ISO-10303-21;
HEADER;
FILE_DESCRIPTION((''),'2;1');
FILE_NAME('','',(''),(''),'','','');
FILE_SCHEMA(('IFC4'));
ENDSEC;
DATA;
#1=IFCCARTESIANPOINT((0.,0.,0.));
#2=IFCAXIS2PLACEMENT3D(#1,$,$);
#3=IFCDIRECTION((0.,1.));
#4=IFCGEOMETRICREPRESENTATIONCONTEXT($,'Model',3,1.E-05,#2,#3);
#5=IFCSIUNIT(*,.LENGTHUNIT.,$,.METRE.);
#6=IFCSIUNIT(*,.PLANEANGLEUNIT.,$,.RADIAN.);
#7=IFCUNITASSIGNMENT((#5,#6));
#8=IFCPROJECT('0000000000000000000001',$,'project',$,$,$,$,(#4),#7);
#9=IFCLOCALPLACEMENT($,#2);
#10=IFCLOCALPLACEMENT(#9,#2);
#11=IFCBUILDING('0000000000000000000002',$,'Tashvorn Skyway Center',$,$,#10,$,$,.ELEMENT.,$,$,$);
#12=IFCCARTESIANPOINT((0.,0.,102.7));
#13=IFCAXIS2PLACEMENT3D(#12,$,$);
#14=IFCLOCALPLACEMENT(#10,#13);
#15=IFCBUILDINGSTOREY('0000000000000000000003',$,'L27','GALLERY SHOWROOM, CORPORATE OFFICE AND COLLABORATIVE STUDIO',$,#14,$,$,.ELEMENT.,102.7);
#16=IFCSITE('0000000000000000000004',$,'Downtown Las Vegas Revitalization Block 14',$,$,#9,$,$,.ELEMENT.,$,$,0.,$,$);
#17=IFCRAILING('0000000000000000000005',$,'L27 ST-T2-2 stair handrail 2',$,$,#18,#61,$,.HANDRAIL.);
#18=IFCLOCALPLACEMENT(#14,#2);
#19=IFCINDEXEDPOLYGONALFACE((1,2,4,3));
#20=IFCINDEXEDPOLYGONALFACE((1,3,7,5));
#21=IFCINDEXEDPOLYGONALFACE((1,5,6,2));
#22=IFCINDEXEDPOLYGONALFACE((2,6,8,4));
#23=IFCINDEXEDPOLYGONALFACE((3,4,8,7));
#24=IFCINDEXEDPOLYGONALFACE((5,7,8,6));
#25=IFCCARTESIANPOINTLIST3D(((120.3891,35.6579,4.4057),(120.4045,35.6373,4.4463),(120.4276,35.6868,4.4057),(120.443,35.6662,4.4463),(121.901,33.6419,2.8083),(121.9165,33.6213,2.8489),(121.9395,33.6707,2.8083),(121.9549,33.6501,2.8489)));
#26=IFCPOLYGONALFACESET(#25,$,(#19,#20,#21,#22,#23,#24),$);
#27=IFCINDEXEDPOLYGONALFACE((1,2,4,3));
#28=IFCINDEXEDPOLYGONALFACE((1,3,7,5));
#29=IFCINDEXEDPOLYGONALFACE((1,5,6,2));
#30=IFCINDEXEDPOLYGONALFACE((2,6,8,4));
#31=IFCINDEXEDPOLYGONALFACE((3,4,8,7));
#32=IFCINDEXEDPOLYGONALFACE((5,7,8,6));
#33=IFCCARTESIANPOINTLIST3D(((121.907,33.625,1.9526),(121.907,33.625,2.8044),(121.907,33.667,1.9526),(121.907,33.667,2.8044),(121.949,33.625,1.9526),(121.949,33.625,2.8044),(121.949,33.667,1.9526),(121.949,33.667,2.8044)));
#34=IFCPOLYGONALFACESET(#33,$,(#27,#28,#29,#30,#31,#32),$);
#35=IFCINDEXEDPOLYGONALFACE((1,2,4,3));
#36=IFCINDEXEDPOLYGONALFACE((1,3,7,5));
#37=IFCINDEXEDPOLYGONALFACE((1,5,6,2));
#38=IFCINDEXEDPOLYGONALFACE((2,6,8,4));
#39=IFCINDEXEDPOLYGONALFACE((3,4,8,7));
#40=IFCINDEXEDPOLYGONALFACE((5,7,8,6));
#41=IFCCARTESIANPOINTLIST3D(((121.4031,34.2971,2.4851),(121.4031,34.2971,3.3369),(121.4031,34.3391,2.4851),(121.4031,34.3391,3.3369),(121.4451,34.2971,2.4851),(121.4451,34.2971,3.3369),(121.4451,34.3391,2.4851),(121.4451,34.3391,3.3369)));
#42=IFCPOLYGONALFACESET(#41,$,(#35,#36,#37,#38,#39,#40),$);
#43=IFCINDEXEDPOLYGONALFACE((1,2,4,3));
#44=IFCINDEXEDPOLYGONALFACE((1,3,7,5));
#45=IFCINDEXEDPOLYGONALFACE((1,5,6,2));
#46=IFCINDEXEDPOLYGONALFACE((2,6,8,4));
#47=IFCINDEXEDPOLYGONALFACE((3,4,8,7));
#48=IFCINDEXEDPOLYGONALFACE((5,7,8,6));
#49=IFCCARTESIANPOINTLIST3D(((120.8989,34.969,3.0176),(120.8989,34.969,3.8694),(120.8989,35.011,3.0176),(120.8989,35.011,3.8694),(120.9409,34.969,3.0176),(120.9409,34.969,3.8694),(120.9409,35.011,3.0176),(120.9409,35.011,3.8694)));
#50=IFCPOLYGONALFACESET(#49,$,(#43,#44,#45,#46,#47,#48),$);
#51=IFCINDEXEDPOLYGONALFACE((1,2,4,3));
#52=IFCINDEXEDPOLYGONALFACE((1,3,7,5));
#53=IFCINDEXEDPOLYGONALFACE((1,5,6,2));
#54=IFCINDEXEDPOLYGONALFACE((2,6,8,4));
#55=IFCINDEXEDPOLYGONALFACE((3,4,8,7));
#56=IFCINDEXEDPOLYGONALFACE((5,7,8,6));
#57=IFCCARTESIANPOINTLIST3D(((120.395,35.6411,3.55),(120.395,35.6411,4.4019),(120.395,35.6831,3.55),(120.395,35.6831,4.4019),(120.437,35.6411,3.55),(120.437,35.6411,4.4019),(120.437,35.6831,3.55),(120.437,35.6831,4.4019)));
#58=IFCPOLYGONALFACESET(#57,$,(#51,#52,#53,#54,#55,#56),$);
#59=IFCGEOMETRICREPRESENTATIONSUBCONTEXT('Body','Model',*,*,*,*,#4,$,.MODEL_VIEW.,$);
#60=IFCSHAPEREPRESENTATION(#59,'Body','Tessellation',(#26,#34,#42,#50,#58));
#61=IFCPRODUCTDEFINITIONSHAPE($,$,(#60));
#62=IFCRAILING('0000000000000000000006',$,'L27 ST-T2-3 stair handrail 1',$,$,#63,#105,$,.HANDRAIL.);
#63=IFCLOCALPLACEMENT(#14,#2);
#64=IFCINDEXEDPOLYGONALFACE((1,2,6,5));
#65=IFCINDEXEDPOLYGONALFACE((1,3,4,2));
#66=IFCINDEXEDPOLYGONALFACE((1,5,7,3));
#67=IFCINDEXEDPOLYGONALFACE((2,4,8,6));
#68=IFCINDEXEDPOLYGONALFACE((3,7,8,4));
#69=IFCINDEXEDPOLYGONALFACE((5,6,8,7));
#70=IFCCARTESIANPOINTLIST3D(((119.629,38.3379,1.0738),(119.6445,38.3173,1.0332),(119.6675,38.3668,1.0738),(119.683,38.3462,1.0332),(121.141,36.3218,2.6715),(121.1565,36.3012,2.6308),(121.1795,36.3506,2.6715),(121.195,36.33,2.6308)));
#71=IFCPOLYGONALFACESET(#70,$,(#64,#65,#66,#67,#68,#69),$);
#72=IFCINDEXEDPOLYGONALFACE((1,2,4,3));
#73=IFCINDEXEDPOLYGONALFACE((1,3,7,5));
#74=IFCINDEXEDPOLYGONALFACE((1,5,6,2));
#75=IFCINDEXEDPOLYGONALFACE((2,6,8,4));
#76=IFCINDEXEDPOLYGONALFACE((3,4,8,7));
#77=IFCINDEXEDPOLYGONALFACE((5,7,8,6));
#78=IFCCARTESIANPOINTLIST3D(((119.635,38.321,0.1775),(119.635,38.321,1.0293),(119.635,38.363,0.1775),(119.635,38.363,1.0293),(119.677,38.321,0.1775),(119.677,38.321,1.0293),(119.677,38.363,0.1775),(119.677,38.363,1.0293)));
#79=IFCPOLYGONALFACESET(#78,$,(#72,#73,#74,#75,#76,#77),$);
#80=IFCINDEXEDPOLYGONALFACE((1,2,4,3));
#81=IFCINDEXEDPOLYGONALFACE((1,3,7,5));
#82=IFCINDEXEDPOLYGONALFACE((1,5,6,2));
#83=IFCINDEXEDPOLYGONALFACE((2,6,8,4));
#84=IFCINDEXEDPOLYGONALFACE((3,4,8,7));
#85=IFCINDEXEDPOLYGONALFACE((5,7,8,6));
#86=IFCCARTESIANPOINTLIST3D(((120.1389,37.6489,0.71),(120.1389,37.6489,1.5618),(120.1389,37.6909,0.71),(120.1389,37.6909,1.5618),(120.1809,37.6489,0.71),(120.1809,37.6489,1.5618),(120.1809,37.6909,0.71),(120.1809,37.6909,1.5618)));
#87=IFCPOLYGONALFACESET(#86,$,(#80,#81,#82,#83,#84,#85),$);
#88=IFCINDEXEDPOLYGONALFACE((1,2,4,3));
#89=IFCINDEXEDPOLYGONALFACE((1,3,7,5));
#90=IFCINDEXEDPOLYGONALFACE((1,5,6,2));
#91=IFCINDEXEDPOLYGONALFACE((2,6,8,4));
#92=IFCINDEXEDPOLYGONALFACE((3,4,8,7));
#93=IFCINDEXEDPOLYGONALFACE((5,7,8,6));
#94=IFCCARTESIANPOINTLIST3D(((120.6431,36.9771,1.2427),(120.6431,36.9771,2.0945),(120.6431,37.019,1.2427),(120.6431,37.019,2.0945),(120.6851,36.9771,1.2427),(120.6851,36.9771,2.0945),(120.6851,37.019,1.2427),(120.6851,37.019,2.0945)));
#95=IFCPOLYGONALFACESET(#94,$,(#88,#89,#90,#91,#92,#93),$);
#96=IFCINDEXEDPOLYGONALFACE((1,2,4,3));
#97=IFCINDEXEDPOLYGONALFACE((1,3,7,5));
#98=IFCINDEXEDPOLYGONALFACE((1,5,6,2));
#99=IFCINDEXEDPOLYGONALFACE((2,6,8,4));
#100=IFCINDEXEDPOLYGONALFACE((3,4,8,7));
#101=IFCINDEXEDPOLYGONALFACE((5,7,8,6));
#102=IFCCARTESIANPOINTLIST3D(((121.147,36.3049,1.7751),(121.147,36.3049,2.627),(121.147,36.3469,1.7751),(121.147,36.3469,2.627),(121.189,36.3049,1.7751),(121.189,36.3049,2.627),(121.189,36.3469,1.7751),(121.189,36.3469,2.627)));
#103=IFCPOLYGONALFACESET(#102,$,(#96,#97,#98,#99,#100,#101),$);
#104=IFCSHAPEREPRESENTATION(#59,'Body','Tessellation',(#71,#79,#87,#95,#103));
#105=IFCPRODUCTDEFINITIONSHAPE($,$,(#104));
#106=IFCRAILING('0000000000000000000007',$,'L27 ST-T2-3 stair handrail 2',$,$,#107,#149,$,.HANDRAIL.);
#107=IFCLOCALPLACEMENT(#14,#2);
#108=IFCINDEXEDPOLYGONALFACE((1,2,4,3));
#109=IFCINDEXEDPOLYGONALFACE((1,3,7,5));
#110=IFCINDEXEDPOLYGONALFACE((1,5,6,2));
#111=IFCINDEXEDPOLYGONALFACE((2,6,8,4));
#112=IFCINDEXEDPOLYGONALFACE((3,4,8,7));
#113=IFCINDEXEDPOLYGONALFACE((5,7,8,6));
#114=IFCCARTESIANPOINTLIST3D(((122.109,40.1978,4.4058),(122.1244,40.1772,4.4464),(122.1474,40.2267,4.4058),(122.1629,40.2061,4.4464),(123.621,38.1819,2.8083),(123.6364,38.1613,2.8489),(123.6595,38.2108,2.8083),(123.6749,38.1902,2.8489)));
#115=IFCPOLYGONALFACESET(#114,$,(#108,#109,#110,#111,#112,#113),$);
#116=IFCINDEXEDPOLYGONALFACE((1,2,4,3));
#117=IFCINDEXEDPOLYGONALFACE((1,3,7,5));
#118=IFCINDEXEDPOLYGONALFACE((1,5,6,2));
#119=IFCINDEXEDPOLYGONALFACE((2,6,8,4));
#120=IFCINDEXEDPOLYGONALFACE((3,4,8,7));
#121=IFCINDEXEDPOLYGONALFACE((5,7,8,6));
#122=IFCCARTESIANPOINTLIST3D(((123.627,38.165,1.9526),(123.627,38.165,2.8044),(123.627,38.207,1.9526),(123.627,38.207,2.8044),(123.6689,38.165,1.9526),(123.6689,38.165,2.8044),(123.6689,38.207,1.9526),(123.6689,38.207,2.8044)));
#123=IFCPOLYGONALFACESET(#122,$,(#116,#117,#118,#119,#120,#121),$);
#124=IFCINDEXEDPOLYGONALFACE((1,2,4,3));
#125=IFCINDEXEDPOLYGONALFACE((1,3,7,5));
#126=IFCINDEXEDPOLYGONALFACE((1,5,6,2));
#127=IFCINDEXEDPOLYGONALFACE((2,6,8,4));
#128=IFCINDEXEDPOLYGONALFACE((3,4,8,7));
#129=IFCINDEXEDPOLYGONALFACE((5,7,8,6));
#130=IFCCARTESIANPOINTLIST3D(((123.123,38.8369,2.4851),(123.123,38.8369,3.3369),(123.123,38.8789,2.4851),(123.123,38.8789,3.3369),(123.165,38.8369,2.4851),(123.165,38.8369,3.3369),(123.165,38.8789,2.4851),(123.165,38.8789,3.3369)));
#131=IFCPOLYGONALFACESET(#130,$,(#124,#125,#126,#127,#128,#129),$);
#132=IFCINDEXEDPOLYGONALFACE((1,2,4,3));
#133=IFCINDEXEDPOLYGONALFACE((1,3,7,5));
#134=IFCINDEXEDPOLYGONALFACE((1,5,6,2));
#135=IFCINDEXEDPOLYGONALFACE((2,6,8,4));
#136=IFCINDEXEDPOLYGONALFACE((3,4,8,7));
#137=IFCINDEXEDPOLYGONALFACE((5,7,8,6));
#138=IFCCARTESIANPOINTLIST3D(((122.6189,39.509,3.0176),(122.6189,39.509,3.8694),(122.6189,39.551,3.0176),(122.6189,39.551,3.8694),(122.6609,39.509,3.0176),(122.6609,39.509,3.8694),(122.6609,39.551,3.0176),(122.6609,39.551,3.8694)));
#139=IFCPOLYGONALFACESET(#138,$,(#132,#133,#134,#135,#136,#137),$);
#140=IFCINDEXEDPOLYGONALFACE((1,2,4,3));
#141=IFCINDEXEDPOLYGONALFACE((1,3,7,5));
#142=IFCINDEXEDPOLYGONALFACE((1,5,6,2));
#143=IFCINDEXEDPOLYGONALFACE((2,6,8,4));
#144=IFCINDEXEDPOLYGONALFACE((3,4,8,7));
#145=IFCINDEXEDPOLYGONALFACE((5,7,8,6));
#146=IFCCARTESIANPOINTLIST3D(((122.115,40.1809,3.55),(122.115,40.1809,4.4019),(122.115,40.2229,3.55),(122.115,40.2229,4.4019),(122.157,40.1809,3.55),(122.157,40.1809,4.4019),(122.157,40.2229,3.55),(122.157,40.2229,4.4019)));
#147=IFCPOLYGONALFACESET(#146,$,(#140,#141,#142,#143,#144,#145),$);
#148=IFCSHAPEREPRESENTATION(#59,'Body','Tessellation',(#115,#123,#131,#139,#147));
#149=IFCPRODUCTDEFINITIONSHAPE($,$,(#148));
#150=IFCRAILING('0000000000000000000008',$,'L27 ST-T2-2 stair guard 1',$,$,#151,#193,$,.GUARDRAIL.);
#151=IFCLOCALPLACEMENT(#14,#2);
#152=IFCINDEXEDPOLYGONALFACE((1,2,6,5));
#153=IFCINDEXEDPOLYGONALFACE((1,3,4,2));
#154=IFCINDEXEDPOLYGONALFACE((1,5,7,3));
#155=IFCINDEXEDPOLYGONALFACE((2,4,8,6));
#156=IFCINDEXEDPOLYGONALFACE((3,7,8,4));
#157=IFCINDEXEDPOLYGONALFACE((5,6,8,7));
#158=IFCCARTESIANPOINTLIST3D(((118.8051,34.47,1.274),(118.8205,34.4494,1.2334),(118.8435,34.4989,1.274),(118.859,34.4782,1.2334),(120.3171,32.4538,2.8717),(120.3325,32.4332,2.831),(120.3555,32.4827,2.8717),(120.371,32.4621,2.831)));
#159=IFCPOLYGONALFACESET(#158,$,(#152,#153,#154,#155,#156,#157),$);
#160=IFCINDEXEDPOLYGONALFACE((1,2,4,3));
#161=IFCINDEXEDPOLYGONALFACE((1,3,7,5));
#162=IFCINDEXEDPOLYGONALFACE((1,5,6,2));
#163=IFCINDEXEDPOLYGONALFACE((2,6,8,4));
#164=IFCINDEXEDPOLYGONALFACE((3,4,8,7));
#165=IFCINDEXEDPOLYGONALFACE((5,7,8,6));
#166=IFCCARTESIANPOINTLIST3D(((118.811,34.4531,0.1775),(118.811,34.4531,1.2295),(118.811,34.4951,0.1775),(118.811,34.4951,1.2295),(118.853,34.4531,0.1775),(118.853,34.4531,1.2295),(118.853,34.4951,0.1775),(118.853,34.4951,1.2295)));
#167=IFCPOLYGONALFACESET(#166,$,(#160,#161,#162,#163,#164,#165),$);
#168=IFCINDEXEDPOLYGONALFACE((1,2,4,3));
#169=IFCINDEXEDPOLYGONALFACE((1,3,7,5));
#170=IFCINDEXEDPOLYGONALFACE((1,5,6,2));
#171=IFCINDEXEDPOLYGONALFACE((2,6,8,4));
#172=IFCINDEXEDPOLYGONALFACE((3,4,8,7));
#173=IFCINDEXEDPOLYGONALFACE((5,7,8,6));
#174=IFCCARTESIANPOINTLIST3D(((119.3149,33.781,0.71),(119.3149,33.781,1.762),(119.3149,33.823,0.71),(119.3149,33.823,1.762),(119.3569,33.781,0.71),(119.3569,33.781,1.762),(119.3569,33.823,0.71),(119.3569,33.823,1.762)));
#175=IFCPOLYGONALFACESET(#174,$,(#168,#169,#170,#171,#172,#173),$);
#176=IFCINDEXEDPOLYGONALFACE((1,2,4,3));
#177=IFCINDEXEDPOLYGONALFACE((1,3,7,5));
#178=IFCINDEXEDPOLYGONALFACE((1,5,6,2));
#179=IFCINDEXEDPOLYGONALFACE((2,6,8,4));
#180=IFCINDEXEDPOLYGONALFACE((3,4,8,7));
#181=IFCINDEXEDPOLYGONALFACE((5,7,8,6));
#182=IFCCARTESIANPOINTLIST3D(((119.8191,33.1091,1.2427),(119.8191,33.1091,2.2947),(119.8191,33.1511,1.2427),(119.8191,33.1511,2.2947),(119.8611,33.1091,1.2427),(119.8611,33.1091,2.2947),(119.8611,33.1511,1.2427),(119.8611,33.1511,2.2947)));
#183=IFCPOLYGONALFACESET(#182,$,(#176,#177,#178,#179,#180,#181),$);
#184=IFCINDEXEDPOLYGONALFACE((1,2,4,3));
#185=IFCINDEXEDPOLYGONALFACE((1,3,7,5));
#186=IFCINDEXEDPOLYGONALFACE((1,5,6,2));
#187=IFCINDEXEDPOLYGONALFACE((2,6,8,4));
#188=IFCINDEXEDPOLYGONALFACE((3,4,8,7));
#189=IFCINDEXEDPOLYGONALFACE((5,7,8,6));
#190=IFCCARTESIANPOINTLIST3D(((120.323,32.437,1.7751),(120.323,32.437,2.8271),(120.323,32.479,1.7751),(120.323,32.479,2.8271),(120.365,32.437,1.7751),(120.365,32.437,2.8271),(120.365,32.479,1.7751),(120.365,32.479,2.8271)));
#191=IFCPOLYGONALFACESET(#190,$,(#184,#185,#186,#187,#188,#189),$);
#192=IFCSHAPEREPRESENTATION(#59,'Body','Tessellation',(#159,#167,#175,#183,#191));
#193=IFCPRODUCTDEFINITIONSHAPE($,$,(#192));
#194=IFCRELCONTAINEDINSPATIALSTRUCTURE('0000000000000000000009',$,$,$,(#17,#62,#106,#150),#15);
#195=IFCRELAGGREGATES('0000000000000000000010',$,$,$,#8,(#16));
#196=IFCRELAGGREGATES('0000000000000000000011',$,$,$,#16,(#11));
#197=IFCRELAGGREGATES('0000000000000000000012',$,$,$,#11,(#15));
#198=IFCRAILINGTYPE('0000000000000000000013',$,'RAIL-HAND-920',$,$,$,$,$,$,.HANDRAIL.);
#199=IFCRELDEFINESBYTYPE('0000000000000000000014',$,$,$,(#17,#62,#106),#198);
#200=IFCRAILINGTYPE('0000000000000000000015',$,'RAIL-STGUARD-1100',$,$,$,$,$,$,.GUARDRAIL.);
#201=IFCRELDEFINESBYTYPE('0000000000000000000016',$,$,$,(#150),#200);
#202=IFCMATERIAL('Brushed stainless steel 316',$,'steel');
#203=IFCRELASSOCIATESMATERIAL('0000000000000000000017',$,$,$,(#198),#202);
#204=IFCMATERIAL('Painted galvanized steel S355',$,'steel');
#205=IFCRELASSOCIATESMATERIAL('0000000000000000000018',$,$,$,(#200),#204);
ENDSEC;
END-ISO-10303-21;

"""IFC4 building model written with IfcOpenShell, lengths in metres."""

from ifc_helpers import new_model, si_unit, direction, frame, origin, origin_2d, place, context, subcontext, project, spatial, rectangle, extrude, material, type_object, element, save


model = new_model("IFC4")

# Units and contexts
model_context = context("Model", 3, precision=1e-05, world=origin(), true_north=direction((0.0, 1.0)))
body_context = subcontext(model_context, "Body", "Model", "MODEL_VIEW")
ifc_project = project(units=[si_unit("LENGTHUNIT", "METRE"), si_unit("PLANEANGLEUNIT", "RADIAN")], contexts=[model_context])

# Site, building, storey
site_placement = place(None, origin())
site = spatial("IfcSite", under=ifc_project, at=site_placement, Name="Downtown Las Vegas Revitalization Block 14", CompositionType="ELEMENT", RefElevation=0.0)
building_placement = place(site_placement, origin())
building = spatial("IfcBuilding", under=site, at=building_placement, Name="Tashvorn Skyway Center", CompositionType="ELEMENT")
storey_placement = place(building_placement, frame((0.0, 0.0, 102.7)))
storey = spatial("IfcBuildingStorey", under=building, at=storey_placement, Name="L27", Description="GALLERY SHOWROOM, CORPORATE OFFICE AND COLLABORATIVE STUDIO", CompositionType="ELEMENT", Elevation=102.7)

# Railings
ifc_material_1 = material(Name="Brushed stainless steel 316", Category="steel")
railing_type_1 = type_object("IfcRailingType", Name="RAIL-HAND-920", PredefinedType="HANDRAIL", material=ifc_material_1)
railing_1_placement = place(storey_placement, frame((121.928, 33.646, 1.9526)))
element("IfcRailing", 1, at=railing_1_placement, inside=storey, type_object=railing_type_1, Name="L27 ST-T2-2 stair handrail 2", PredefinedType="HANDRAIL", context=body_context, shape_type="SweptSolid", body=[
    extrude(rectangle(XDim=0.0481, YDim=0.0481, at=origin_2d()), frame((0.0, 0.0, 0.876), z_axis=(-0.506741, 0.675709, 0.535379), x_axis=(-0.800023, -0.599969, 0.0)), (0.0, 0.0, 1.0), 2.9836),
    extrude(rectangle(XDim=0.042, YDim=0.042, at=origin_2d()), origin(), (0.0, 0.0, 1.0), 0.8518),
    extrude(rectangle(XDim=0.042, YDim=0.042, at=origin_2d()), frame((-0.5039, 0.6721, 0.5325)), (0.0, 0.0, 1.0), 0.8518),
    extrude(rectangle(XDim=0.042, YDim=0.042, at=origin_2d()), frame((-1.0081, 1.344, 1.0649)), (0.0, 0.0, 1.0), 0.8518),
    extrude(rectangle(XDim=0.042, YDim=0.042, at=origin_2d()), frame((-1.512, 2.0161, 1.5974)), (0.0, 0.0, 1.0), 0.8518),
])
railing_2_placement = place(storey_placement, frame((119.656, 38.342, 0.1775)))
element("IfcRailing", 2, at=railing_2_placement, inside=storey, type_object=railing_type_1, Name="L27 ST-T2-3 stair handrail 1", PredefinedType="HANDRAIL", context=body_context, shape_type="SweptSolid", body=[
    extrude(rectangle(XDim=0.0481, YDim=0.0481, at=origin_2d()), frame((0.0, 0.0, 0.876), z_axis=(0.506719, -0.675679, 0.535438), x_axis=(0.800023, 0.599969, 0.0)), (0.0, 0.0, 1.0), 2.9839),
    extrude(rectangle(XDim=0.042, YDim=0.042, at=origin_2d()), origin(), (0.0, 0.0, 1.0), 0.8518),
    extrude(rectangle(XDim=0.042, YDim=0.042, at=origin_2d()), frame((0.5039, -0.6721, 0.5325)), (0.0, 0.0, 1.0), 0.8518),
    extrude(rectangle(XDim=0.042, YDim=0.042, at=origin_2d()), frame((1.0081, -1.344, 1.0652)), (0.0, 0.0, 1.0), 0.8518),
    extrude(rectangle(XDim=0.042, YDim=0.042, at=origin_2d()), frame((1.512, -2.0161, 1.5977)), (0.0, 0.0, 1.0), 0.8518),
])
railing_3_placement = place(storey_placement, frame((123.6479, 38.186, 1.9526)))
element("IfcRailing", 3, at=railing_3_placement, inside=storey, type_object=railing_type_1, Name="L27 ST-T2-3 stair handrail 2", PredefinedType="HANDRAIL", context=body_context, shape_type="SweptSolid", body=[
    extrude(rectangle(XDim=0.0481, YDim=0.0481, at=origin_2d()), frame((0.0, 0.0, 0.876), z_axis=(-0.506769, 0.675664, 0.535409), x_axis=(-0.799988, -0.600016, 0.0)), (0.0, 0.0, 1.0), 2.9836),
    extrude(rectangle(XDim=0.042, YDim=0.042, at=origin_2d()), origin(), (0.0, 0.0, 1.0), 0.8518),
    extrude(rectangle(XDim=0.042, YDim=0.042, at=origin_2d()), frame((-0.5039, 0.6719, 0.5325)), (0.0, 0.0, 1.0), 0.8518),
    extrude(rectangle(XDim=0.042, YDim=0.042, at=origin_2d()), frame((-1.0081, 1.344, 1.0649)), (0.0, 0.0, 1.0), 0.8518),
    extrude(rectangle(XDim=0.042, YDim=0.042, at=origin_2d()), frame((-1.512, 2.0159, 1.5974)), (0.0, 0.0, 1.0), 0.8518),
])
ifc_material_2 = material(Name="Painted galvanized steel S355", Category="steel")
railing_type_2 = type_object("IfcRailingType", Name="RAIL-STGUARD-1100", PredefinedType="GUARDRAIL", material=ifc_material_2)
railing_4_placement = place(storey_placement, frame((118.832, 34.4741, 0.1775)))
element("IfcRailing", 4, at=railing_4_placement, inside=storey, type_object=railing_type_2, Name="L27 ST-T2-2 stair guard 1", PredefinedType="GUARDRAIL", context=body_context, shape_type="SweptSolid", body=[
    extrude(rectangle(XDim=0.0481, YDim=0.0481, at=origin_2d()), frame((0.0, 0.0, 1.0762), z_axis=(0.506719, -0.675679, 0.535438), x_axis=(0.800023, 0.599969, 0.0)), (0.0, 0.0, 1.0), 2.9839),
    extrude(rectangle(XDim=0.042, YDim=0.042, at=origin_2d()), origin(), (0.0, 0.0, 1.0), 1.052),
    extrude(rectangle(XDim=0.042, YDim=0.042, at=origin_2d()), frame((0.5039, -0.6721, 0.5325)), (0.0, 0.0, 1.0), 1.052),
    extrude(rectangle(XDim=0.042, YDim=0.042, at=origin_2d()), frame((1.0081, -1.344, 1.0652)), (0.0, 0.0, 1.0), 1.052),
    extrude(rectangle(XDim=0.042, YDim=0.042, at=origin_2d()), frame((1.512, -2.0161, 1.5977)), (0.0, 0.0, 1.0), 1.052),
])

save(model, "model.ifc")
